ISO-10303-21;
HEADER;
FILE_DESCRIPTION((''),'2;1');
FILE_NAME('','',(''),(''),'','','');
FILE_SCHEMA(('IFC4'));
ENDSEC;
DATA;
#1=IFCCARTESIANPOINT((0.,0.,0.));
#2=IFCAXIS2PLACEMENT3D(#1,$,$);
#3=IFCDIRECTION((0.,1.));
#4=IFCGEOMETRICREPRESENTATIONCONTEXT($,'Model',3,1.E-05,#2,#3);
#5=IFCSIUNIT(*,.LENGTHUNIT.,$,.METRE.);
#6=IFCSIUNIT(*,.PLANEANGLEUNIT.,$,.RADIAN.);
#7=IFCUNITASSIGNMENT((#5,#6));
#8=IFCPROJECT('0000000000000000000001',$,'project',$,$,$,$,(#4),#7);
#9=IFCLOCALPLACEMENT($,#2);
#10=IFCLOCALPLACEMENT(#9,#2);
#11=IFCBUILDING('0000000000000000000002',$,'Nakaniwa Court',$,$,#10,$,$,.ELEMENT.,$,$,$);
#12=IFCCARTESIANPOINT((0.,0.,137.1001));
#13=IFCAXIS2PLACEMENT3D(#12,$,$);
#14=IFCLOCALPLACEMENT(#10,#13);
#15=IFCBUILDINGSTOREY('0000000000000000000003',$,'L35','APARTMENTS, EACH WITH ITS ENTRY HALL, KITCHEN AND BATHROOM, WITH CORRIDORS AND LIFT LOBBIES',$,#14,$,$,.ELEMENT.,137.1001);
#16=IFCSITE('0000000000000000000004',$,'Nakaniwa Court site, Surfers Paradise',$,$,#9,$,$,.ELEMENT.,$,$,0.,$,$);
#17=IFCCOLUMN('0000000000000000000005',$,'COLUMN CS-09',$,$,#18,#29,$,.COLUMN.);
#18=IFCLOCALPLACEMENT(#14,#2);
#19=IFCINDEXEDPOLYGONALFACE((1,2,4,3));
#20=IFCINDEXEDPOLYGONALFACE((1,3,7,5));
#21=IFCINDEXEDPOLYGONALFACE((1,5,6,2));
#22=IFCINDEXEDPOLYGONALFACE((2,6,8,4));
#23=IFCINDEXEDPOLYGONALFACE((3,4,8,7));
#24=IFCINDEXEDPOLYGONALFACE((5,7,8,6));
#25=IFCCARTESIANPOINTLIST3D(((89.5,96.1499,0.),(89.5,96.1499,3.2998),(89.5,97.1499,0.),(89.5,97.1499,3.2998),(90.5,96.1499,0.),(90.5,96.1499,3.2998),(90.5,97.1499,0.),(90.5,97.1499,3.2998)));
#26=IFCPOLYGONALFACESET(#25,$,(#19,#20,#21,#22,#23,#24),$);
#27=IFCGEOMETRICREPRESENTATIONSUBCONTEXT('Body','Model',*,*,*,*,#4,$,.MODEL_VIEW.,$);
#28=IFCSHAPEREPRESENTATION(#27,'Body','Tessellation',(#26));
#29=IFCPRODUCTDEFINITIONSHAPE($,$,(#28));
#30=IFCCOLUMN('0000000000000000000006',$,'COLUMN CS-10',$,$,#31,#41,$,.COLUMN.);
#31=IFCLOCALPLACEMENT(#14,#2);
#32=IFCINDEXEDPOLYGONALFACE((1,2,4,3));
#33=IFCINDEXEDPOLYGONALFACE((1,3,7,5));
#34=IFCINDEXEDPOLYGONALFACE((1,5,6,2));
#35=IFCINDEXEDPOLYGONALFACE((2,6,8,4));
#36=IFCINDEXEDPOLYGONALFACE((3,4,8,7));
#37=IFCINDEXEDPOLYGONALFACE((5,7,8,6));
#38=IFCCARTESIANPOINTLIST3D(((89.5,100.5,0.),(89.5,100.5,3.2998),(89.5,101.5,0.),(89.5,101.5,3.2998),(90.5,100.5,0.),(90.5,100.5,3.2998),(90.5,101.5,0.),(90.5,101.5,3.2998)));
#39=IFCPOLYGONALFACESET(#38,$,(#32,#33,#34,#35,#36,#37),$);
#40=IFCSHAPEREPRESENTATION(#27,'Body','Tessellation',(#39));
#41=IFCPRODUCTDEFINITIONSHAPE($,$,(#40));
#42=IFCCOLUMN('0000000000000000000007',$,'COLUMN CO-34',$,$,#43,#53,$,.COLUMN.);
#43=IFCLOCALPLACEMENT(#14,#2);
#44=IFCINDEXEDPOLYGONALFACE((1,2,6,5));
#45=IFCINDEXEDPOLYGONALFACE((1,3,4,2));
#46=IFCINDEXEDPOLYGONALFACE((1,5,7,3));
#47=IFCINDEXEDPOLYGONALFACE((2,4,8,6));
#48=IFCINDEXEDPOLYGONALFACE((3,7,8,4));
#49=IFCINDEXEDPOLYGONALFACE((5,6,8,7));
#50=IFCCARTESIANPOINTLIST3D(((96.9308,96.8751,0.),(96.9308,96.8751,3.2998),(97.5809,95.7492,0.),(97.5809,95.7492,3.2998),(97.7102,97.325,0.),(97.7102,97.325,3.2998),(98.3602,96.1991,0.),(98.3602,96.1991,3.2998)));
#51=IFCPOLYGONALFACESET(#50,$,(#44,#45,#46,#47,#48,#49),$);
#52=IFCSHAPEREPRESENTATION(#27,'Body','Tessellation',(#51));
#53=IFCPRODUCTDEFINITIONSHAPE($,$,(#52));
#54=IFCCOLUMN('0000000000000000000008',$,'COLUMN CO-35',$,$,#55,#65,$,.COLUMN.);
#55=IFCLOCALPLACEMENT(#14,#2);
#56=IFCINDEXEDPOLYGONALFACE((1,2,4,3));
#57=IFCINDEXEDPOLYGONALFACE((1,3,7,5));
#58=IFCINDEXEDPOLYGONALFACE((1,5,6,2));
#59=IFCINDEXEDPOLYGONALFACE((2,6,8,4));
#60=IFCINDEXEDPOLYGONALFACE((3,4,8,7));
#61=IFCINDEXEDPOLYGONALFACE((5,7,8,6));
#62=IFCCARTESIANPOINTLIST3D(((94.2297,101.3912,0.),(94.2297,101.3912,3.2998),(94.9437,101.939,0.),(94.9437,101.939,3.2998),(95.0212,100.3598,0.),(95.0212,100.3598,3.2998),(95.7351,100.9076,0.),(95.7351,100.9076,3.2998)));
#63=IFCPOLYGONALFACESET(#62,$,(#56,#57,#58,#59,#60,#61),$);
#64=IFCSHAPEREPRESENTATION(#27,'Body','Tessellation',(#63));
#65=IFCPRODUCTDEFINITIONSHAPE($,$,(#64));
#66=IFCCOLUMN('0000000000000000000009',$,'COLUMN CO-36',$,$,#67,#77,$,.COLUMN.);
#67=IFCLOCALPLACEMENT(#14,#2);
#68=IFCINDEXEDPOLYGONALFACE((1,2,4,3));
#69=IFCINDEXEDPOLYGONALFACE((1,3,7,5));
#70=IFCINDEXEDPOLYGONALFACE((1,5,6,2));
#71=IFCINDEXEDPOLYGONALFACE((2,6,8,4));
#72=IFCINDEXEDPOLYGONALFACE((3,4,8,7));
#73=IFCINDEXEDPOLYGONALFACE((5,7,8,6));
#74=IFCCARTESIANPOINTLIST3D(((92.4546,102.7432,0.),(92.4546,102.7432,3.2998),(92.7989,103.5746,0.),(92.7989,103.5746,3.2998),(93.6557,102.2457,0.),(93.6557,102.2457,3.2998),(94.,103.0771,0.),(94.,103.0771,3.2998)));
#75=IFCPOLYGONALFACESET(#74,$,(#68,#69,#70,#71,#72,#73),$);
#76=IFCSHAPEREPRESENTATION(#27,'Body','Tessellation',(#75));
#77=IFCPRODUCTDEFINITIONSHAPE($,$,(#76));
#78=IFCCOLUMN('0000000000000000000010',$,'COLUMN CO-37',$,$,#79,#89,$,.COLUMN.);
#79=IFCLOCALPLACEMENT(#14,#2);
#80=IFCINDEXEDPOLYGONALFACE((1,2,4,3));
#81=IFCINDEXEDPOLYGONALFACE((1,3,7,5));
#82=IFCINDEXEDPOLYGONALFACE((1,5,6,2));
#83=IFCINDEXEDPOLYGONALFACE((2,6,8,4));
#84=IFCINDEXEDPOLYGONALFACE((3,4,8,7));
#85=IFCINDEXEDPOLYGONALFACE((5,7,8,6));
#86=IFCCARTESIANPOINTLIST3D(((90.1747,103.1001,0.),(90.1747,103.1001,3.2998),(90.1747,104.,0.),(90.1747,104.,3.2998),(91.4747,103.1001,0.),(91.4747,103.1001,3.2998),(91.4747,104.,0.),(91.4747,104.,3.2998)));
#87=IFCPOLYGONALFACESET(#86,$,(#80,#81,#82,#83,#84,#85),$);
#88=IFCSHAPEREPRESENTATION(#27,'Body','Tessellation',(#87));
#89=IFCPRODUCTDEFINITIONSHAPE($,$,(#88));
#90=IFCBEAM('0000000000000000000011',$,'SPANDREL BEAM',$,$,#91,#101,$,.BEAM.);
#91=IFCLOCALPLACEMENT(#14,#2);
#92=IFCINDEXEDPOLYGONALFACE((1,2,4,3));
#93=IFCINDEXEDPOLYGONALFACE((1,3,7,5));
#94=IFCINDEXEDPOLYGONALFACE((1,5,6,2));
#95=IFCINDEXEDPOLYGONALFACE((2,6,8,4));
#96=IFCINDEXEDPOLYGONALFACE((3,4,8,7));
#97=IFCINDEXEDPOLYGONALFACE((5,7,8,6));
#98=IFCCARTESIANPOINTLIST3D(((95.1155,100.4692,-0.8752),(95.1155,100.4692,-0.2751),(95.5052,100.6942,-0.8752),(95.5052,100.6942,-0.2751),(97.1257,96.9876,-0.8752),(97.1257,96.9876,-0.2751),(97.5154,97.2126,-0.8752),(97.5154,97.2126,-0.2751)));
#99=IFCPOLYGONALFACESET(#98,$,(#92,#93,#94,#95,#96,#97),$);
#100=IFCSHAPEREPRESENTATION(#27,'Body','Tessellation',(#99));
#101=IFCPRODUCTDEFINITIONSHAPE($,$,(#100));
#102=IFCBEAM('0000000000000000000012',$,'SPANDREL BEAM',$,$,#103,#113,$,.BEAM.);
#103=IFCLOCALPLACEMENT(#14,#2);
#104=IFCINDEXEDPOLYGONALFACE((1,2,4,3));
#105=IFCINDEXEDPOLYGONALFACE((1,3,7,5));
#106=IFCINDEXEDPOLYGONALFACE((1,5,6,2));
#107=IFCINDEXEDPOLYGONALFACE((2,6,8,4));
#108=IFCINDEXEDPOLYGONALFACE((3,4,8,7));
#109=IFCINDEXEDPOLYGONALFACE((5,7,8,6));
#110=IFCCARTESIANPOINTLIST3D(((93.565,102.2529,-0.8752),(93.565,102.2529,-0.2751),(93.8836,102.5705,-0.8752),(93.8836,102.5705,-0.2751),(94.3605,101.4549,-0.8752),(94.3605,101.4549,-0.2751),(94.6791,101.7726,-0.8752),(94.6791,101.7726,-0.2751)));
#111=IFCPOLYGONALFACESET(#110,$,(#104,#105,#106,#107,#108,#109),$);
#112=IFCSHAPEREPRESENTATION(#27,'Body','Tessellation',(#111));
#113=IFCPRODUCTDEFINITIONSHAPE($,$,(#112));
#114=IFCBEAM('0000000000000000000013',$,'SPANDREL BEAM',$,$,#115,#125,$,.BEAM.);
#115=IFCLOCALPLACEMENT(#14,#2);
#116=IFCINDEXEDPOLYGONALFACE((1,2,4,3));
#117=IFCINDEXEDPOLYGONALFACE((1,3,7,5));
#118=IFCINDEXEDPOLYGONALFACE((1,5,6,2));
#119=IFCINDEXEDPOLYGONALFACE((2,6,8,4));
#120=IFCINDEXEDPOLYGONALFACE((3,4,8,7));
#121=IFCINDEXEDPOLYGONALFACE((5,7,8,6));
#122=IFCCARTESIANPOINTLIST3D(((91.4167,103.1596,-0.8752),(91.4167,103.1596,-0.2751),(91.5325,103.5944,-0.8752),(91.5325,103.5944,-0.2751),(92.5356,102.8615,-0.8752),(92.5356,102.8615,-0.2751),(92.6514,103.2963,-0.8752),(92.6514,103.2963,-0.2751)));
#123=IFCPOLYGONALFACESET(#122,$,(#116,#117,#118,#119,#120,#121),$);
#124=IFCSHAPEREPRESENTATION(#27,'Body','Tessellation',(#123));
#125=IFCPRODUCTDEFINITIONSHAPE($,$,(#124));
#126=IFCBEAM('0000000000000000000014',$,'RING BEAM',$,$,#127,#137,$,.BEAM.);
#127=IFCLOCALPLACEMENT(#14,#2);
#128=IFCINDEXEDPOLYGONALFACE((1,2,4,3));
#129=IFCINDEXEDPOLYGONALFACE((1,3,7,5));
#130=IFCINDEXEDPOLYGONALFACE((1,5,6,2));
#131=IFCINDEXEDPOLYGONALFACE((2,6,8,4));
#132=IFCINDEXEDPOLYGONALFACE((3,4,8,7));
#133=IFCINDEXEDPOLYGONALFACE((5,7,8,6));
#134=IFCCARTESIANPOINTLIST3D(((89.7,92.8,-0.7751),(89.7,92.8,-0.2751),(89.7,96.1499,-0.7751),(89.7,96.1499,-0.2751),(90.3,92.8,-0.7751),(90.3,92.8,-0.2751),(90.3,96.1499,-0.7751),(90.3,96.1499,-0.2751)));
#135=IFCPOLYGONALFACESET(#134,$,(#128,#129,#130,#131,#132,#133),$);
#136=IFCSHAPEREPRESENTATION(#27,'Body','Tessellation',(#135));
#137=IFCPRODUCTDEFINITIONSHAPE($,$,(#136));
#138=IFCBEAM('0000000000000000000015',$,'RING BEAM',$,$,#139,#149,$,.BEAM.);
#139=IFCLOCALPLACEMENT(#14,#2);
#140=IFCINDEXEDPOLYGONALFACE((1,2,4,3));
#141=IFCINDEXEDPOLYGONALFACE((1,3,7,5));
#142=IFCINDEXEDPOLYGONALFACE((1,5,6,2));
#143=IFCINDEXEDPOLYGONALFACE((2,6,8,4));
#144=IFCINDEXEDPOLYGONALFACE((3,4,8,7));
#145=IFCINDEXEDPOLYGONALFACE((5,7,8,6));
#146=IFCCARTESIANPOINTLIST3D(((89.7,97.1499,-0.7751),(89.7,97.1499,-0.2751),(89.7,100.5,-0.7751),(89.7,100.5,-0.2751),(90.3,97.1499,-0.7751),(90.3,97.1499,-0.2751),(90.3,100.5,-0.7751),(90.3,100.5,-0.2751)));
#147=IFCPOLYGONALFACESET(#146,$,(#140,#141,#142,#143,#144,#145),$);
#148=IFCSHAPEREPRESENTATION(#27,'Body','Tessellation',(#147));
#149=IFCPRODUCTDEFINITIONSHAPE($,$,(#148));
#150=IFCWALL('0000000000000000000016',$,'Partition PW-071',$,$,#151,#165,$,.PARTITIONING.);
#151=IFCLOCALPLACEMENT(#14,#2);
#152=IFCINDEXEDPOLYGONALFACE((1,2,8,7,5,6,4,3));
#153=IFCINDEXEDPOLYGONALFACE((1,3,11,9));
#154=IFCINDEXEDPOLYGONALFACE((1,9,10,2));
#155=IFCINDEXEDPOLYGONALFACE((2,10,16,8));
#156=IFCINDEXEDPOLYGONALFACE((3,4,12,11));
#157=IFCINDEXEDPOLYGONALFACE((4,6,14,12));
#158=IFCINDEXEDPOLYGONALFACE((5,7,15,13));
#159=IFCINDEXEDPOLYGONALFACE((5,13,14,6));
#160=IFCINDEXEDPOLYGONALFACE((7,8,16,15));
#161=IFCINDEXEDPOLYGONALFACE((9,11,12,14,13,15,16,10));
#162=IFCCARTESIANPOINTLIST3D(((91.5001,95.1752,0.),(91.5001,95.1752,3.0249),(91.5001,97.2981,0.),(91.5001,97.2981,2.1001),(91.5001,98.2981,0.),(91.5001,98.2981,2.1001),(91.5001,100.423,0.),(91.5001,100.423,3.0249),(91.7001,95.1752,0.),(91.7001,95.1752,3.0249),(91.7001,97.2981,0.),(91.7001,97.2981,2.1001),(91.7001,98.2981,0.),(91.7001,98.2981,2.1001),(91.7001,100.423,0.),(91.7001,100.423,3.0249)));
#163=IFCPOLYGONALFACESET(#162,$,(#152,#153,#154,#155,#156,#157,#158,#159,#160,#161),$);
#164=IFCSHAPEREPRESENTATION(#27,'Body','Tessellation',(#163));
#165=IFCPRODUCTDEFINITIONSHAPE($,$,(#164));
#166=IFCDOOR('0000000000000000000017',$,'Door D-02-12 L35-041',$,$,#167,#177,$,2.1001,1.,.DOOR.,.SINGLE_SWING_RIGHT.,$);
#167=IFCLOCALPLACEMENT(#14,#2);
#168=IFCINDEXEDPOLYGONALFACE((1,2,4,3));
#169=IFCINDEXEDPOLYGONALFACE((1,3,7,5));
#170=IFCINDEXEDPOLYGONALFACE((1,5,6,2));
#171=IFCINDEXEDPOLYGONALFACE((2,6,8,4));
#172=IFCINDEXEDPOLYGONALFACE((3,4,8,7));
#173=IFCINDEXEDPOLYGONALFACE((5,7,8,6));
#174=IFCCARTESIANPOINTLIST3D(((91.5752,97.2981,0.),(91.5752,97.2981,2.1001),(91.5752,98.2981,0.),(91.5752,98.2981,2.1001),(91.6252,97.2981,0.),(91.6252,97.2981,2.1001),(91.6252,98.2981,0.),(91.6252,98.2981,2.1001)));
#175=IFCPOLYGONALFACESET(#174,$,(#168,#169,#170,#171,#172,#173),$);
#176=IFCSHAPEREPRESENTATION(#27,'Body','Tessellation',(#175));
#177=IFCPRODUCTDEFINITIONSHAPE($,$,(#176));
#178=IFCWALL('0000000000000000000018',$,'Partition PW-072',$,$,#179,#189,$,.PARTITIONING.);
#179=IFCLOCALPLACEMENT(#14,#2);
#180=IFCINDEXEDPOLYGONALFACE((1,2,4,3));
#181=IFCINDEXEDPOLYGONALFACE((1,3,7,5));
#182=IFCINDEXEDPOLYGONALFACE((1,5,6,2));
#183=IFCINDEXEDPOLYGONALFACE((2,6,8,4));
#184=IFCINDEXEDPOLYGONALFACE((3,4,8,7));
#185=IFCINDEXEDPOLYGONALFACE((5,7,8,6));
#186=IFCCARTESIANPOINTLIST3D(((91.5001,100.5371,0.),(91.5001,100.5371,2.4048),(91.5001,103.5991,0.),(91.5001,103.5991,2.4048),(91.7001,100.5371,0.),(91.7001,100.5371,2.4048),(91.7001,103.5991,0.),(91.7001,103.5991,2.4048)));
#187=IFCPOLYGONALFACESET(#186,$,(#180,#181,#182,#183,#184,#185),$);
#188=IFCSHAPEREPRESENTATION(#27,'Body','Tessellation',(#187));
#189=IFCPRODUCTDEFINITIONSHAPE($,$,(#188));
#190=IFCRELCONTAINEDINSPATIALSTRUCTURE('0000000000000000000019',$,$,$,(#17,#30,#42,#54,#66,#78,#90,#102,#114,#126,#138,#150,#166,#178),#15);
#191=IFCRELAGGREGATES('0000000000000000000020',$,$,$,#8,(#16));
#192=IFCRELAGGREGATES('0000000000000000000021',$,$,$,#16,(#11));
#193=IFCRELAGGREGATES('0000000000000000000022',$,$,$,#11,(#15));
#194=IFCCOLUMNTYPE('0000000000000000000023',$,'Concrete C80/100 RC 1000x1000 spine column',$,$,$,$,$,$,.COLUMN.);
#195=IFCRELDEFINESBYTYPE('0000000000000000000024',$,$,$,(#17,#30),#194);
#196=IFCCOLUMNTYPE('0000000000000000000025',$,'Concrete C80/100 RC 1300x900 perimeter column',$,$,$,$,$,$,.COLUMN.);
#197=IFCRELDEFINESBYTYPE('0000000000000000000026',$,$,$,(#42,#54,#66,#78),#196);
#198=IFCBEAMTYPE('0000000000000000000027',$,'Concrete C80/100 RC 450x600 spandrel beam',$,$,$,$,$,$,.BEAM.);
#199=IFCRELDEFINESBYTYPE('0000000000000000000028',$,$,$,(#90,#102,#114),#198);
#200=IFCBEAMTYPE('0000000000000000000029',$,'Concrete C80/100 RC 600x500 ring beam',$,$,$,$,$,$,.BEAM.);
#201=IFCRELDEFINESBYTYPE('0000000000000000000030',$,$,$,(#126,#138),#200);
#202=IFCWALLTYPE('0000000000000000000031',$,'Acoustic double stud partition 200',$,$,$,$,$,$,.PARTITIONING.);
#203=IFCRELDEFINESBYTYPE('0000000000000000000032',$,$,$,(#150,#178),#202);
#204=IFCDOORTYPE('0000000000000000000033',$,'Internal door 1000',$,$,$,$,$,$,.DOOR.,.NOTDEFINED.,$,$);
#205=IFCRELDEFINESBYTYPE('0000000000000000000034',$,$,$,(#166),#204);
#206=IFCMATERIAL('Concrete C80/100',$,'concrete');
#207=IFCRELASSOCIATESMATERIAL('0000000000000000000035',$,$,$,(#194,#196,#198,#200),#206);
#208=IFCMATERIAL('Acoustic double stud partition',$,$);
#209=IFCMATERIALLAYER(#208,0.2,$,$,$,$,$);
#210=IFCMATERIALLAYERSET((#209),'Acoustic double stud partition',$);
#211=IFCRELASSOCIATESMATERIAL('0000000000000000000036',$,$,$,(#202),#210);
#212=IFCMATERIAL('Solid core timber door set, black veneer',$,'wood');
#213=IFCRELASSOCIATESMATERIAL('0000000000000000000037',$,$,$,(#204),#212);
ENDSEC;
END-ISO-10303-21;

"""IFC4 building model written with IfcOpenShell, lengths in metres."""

from ifc_helpers import new_model, si_unit, direction, frame, frame_2d, origin, origin_2d, place, context, subcontext, project, spatial, rectangle, extrude, material, layer, layer_set, material_profile, profile_set, type_object, element, fill, save


model = new_model("IFC4")

# Units and contexts
model_context = context("Model", 3, precision=1e-05, world=origin(), true_north=direction((0.0, 1.0)))
body_context = subcontext(model_context, "Body", "Model", "MODEL_VIEW")
ifc_project = project(units=[si_unit("LENGTHUNIT", "METRE"), si_unit("PLANEANGLEUNIT", "RADIAN")], contexts=[model_context])

# Site, building, storey
site_placement = place(None, origin())
site = spatial("IfcSite", under=ifc_project, at=site_placement, Name="Nakaniwa Court site, Surfers Paradise", CompositionType="ELEMENT", RefElevation=0.0)
building_placement = place(site_placement, origin())
building = spatial("IfcBuilding", under=site, at=building_placement, Name="Nakaniwa Court", CompositionType="ELEMENT")
storey_placement = place(building_placement, frame((0.0, 0.0, 137.1001)))
storey = spatial("IfcBuildingStorey", under=building, at=storey_placement, Name="L35", Description="APARTMENTS, EACH WITH ITS ENTRY HALL, KITCHEN AND BATHROOM, WITH CORRIDORS AND LIFT LOBBIES", CompositionType="ELEMENT", Elevation=137.1001)

# Columns
ifc_material_1 = material(Name="Concrete C80/100", Category="concrete")
ifc_material_profile_1 = material_profile(ifc_material_1, rectangle(XDim=1.0, YDim=1.0, at=origin_2d()), Name="Concrete C80/100 RC 1000x1000 spine column")
ifc_profile_set_1 = profile_set([ifc_material_profile_1], Name="Concrete C80/100")
column_type_1 = type_object("IfcColumnType", Name="Concrete C80/100 RC 1000x1000 spine column", PredefinedType="COLUMN", material=ifc_profile_set_1)
for number, where, z_axis, x_axis, name in (
    (1, (90.0, 96.6499, 0.0), (0.0, 0.0, 1.0), (0.0, 1.0, 0.0), "COLUMN CS-09"),
    (2, (90.0, 101.0, 0.0), (0.0, 0.0, 1.0), (0.0, 1.0, 0.0), "COLUMN CS-10"),
):
    element("IfcColumn", number, at=place(storey_placement, frame(where, z_axis=z_axis, x_axis=x_axis)), inside=storey, type_object=column_type_1, Name=name, PredefinedType="COLUMN", context=body_context, shape_type="SweptSolid", body=[
        extrude(rectangle(XDim=1.0, YDim=1.0, at=origin_2d()), origin(), (0.0, 0.0, 1.0), 3.2998),
    ])
ifc_material_profile_2 = material_profile(ifc_material_1, rectangle(XDim=1.3, YDim=0.8999, at=origin_2d()), Name="Concrete C80/100 RC 1300x900 perimeter column")
ifc_profile_set_2 = profile_set([ifc_material_profile_2], Name="Concrete C80/100")
column_type_2 = type_object("IfcColumnType", Name="Concrete C80/100 RC 1300x900 perimeter column", PredefinedType="COLUMN", material=ifc_profile_set_2)
for number, where, z_axis, x_axis, name in (
    (3, (97.6455, 96.5371, 0.0), (0.0, 0.0, 1.0), (-0.5, 0.866025, 0.0), "COLUMN CO-34"),
    (4, (94.9824, 101.1494, 0.0), (0.0, 0.0, 1.0), (-0.608761, 0.793353, 0.0), "COLUMN CO-35"),
    (5, (93.2273, 102.9102, 0.0), (0.0, 0.0, 1.0), (-0.92388, 0.382683, 0.0), "COLUMN CO-36"),
    (6, (90.8247, 103.55, 0.0), (0.0, 0.0, 1.0), (-1.0, 0.0, 0.0), "COLUMN CO-37"),
):
    element("IfcColumn", number, at=place(storey_placement, frame(where, z_axis=z_axis, x_axis=x_axis)), inside=storey, type_object=column_type_2, Name=name, PredefinedType="COLUMN", context=body_context, shape_type="SweptSolid", body=[
        extrude(rectangle(XDim=1.3, YDim=0.8999, at=origin_2d()), origin(), (0.0, 0.0, 1.0), 3.2998),
    ])

# Beams
ifc_material_profile_3 = material_profile(ifc_material_1, rectangle(XDim=0.45, YDim=0.6001, at=origin_2d()), Name="Concrete C80/100 RC 450x600 spandrel beam")
ifc_profile_set_3 = profile_set([ifc_material_profile_3], Name="Concrete C80/100")
beam_type_1 = type_object("IfcBeamType", Name="Concrete C80/100 RC 450x600 spandrel beam", PredefinedType="BEAM", material=ifc_profile_set_3)
beam_1_placement = place(storey_placement, frame((97.3206, 97.1001, -0.5752), z_axis=(-0.500019, 0.866015, 0.0), x_axis=(-0.866015, -0.500019, 0.0)))
element("IfcBeam", 7, at=beam_1_placement, inside=storey, type_object=beam_type_1, Name="SPANDREL BEAM", PredefinedType="BEAM", context=body_context, shape_type="SweptSolid", body=[
    extrude(rectangle(XDim=0.45, YDim=0.6001, at=origin_2d()), origin(), (0.0, 0.0, 1.0), 4.0203),
])
beam_2_placement = place(storey_placement, frame((94.5198, 101.6138, -0.5752), z_axis=(-0.706022, 0.708189, 0.0), x_axis=(-0.708189, -0.706022, 0.0)))
element("IfcBeam", 8, at=beam_2_placement, inside=storey, type_object=beam_type_1, Name="SPANDREL BEAM", PredefinedType="BEAM", context=body_context, shape_type="SweptSolid", body=[
    extrude(rectangle(XDim=0.45, YDim=0.6001, at=origin_2d()), origin(), (0.0, 0.0, 1.0), 1.1267),
])
beam_3_placement = place(storey_placement, frame((92.5935, 103.0789, -0.5752), z_axis=(-0.966294, 0.25744, 0.0), x_axis=(-0.25744, -0.966294, 0.0)))
element("IfcBeam", 9, at=beam_3_placement, inside=storey, type_object=beam_type_1, Name="SPANDREL BEAM", PredefinedType="BEAM", context=body_context, shape_type="SweptSolid", body=[
    extrude(rectangle(XDim=0.45, YDim=0.6001, at=origin_2d()), origin(), (0.0, 0.0, 1.0), 1.158),
])
ifc_material_profile_4 = material_profile(ifc_material_1, rectangle(XDim=0.6001, YDim=0.5, at=origin_2d()), Name="Concrete C80/100 RC 600x500 ring beam")
ifc_profile_set_4 = profile_set([ifc_material_profile_4], Name="Concrete C80/100")
beam_type_2 = type_object("IfcBeamType", Name="Concrete C80/100 RC 600x500 ring beam", PredefinedType="BEAM", material=ifc_profile_set_4)
beam_4_placement = place(storey_placement, frame((90.0, 92.8, -0.5251), z_axis=(0.0, 1.0, 0.0), x_axis=(-1.0, 0.0, 0.0)))
element("IfcBeam", 10, at=beam_4_placement, inside=storey, type_object=beam_type_2, Name="RING BEAM", PredefinedType="BEAM", context=body_context, shape_type="SweptSolid", body=[
    extrude(rectangle(XDim=0.6001, YDim=0.5, at=origin_2d()), origin(), (0.0, 0.0, 1.0), 3.3499),
])
beam_5_placement = place(storey_placement, frame((90.0, 97.1499, -0.5251), z_axis=(0.0, 1.0, 0.0), x_axis=(-1.0, 0.0, 0.0)))
element("IfcBeam", 11, at=beam_5_placement, inside=storey, type_object=beam_type_2, Name="RING BEAM", PredefinedType="BEAM", context=body_context, shape_type="SweptSolid", body=[
    extrude(rectangle(XDim=0.6001, YDim=0.5, at=origin_2d()), origin(), (0.0, 0.0, 1.0), 3.3501),
])

# Wall, opening, door
ifc_material_2 = material(Name="Acoustic double stud partition")
ifc_layer_1 = layer(ifc_material_2, 0.2)
ifc_layer_set_1 = layer_set([ifc_layer_1], Name="Acoustic double stud partition")
wall_type_1 = type_object("IfcWallType", Name="Acoustic double stud partition 200", PredefinedType="PARTITIONING", material=ifc_layer_set_1)
wall_1_placement = place(storey_placement, frame((91.6001, 95.175, 0.0), z_axis=(0.0, 0.0, 1.0), x_axis=(0.0, 1.0, 0.0)))
wall_1 = element("IfcWall", 12, at=wall_1_placement, inside=storey, type_object=wall_type_1, Name="Partition PW-071", PredefinedType="PARTITIONING", context=body_context, shape_type="SweptSolid", body=[
    extrude(rectangle(XDim=5.2478, YDim=0.2, at=frame_2d((2.624, 0.0))), origin(), (0.0, 0.0, 1.0), 3.0249),
])
opening_1_placement = place(wall_1_placement, frame((2.123, 0.0, 0.0)))
opening_1 = element("IfcOpeningElement", 13, at=opening_1_placement, cuts=wall_1, PredefinedType="OPENING", context=body_context, shape_type="SweptSolid", body=[
    extrude(rectangle(XDim=1.0, YDim=2.1001, at=frame_2d((0.5, 1.05))), frame((0.0, 0.1099, 0.0), z_axis=(0.0, -1.0, 0.0), x_axis=(1.0, 0.0, 0.0)), (0.0, 0.0, 1.0), 0.22),
])
ifc_material_3 = material(Name="Solid core timber door set, black veneer", Category="wood")
door_type = type_object("IfcDoorType", Name="Internal door 1000", OperationType="NOTDEFINED", PredefinedType="DOOR", material=ifc_material_3)
door_1_placement = place(opening_1_placement, origin())
door_1 = element("IfcDoor", 14, at=door_1_placement, inside=storey, type_object=door_type, Name="Door D-02-12 L35-041", OperationType="SINGLE_SWING_RIGHT", OverallHeight=2.1001, OverallWidth=1.0, PredefinedType="DOOR", context=body_context, shape_type="SweptSolid", body=[
    extrude(rectangle(XDim=1.0, YDim=2.1001, at=frame_2d((0.5, 1.05))), frame((0.0, 0.0249, 0.0), z_axis=(0.0, -1.0, 0.0), x_axis=(1.0, 0.0, 0.0)), (0.0, 0.0, 1.0), 0.05),
])
fill(opening_1, door_1)

# Wall
wall_2_placement = place(storey_placement, frame((91.6001, 100.5371, 0.0), z_axis=(0.0, 0.0, 1.0), x_axis=(0.0, 1.0, 0.0)))
element("IfcWall", 15, at=wall_2_placement, inside=storey, type_object=wall_type_1, Name="Partition PW-072", PredefinedType="PARTITIONING", context=body_context, shape_type="SweptSolid", body=[
    extrude(rectangle(XDim=3.062, YDim=0.2, at=frame_2d((1.531, 0.0))), origin(), (0.0, 0.0, 1.0), 2.4048),
])

save(model, "model.ifc")
